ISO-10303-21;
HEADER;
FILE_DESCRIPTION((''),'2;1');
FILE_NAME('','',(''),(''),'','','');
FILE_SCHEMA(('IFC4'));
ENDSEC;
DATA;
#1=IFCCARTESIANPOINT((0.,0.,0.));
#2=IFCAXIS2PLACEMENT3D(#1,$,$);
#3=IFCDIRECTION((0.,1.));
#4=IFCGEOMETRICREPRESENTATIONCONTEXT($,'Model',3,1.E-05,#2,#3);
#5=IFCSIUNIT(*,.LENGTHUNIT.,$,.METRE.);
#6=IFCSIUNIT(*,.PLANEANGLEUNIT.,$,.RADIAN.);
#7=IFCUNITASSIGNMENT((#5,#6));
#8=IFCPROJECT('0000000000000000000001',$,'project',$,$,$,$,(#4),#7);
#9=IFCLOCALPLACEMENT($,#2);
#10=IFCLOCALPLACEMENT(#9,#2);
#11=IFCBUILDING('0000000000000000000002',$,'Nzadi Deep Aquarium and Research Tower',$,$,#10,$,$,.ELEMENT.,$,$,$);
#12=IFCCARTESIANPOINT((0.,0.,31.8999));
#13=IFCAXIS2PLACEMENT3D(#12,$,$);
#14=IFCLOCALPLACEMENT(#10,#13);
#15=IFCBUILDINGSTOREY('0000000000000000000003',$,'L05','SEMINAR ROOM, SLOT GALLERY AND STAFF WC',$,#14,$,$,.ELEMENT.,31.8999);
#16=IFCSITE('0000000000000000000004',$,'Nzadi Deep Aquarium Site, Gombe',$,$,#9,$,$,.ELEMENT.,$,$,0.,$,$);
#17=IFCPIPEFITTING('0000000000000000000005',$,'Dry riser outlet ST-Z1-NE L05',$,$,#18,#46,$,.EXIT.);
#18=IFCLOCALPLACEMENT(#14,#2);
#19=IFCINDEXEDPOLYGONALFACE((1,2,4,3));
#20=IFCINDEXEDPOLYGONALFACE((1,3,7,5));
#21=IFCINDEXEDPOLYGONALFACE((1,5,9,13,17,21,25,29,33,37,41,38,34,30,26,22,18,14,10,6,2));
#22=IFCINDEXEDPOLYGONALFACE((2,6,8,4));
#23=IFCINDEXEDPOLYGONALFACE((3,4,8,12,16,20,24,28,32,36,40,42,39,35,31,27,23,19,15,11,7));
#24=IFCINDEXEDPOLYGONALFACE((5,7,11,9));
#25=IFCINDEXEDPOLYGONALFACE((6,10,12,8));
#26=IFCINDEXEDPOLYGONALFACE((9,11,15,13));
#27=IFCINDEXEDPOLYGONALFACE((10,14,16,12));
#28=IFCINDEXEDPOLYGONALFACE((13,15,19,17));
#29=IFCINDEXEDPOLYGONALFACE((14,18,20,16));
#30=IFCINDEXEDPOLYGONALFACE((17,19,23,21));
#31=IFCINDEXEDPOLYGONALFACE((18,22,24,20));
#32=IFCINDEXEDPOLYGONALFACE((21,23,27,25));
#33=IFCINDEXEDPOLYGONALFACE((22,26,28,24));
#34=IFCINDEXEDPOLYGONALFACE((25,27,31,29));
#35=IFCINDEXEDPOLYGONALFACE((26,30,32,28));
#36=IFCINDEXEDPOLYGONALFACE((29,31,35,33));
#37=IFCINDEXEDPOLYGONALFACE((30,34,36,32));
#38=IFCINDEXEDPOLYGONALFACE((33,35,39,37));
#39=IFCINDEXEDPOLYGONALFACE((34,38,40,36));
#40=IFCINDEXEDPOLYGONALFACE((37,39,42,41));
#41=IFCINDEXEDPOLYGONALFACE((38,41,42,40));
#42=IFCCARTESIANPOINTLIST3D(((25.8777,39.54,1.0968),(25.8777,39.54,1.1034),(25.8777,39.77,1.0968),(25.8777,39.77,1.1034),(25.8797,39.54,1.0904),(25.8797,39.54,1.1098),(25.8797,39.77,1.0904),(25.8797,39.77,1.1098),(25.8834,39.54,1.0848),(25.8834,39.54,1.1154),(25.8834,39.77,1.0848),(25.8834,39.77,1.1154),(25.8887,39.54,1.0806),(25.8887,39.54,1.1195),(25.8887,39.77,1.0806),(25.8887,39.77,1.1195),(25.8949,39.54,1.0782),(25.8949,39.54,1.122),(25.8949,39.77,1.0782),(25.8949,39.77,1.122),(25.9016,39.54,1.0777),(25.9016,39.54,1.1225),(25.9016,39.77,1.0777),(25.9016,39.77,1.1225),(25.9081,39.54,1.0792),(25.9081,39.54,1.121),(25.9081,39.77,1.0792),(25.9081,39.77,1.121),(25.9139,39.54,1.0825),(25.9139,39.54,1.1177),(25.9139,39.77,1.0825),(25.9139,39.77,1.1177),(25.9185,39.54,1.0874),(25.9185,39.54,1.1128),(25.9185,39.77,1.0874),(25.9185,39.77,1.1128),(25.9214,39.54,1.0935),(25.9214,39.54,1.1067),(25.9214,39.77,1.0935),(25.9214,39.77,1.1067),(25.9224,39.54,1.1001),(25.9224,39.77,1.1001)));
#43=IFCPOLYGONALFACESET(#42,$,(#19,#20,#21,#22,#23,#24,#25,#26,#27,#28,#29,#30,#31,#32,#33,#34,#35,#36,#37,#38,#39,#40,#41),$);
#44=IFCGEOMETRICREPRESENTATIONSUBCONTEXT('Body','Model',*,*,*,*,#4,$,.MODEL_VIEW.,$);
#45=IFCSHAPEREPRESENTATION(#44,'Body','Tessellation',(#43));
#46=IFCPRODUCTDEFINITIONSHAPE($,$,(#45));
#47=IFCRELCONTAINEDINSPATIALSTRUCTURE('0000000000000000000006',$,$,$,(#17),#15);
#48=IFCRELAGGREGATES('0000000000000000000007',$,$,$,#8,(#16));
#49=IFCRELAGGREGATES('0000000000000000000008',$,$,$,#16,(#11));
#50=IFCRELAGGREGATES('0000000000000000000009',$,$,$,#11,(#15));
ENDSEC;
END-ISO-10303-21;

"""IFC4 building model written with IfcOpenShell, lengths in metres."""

from ifc_helpers import new_model, si_unit, direction, frame, origin, origin_2d, place, context, subcontext, project, spatial, circle, extrude, element, save


model = new_model("IFC4")

# Units and contexts
model_context = context("Model", 3, precision=1e-05, world=origin(), true_north=direction((0.0, 1.0)))
body_context = subcontext(model_context, "Body", "Model", "MODEL_VIEW")
ifc_project = project(units=[si_unit("LENGTHUNIT", "METRE"), si_unit("PLANEANGLEUNIT", "RADIAN")], contexts=[model_context])

# Site, building, storey
site_placement = place(None, origin())
site = spatial("IfcSite", under=ifc_project, at=site_placement, Name="Nzadi Deep Aquarium Site, Gombe", CompositionType="ELEMENT", RefElevation=0.0)
building_placement = place(site_placement, origin())
building = spatial("IfcBuilding", under=site, at=building_placement, Name="Nzadi Deep Aquarium and Research Tower", CompositionType="ELEMENT")
storey_placement = place(building_placement, frame((0.0, 0.0, 31.8999)))
storey = spatial("IfcBuildingStorey", under=building, at=storey_placement, Name="L05", Description="SEMINAR ROOM, SLOT GALLERY AND STAFF WC", CompositionType="ELEMENT", Elevation=31.8999)

# Pipe fitting
pipe_fitting_placement = place(storey_placement, frame((25.8999, 39.77, 1.1001), z_axis=(0.0, -1.0, 0.0), x_axis=(1.0, 0.0, 0.0)))
element("IfcPipeFitting", 1, at=pipe_fitting_placement, inside=storey, Name="Dry riser outlet ST-Z1-NE L05", PredefinedType="EXIT", context=body_context, shape_type="SweptSolid", body=[
    extrude(circle(Radius=0.0225, at=origin_2d()), origin(), (0.0, 0.0, 1.0), 0.23),
])

save(model, "model.ifc")
